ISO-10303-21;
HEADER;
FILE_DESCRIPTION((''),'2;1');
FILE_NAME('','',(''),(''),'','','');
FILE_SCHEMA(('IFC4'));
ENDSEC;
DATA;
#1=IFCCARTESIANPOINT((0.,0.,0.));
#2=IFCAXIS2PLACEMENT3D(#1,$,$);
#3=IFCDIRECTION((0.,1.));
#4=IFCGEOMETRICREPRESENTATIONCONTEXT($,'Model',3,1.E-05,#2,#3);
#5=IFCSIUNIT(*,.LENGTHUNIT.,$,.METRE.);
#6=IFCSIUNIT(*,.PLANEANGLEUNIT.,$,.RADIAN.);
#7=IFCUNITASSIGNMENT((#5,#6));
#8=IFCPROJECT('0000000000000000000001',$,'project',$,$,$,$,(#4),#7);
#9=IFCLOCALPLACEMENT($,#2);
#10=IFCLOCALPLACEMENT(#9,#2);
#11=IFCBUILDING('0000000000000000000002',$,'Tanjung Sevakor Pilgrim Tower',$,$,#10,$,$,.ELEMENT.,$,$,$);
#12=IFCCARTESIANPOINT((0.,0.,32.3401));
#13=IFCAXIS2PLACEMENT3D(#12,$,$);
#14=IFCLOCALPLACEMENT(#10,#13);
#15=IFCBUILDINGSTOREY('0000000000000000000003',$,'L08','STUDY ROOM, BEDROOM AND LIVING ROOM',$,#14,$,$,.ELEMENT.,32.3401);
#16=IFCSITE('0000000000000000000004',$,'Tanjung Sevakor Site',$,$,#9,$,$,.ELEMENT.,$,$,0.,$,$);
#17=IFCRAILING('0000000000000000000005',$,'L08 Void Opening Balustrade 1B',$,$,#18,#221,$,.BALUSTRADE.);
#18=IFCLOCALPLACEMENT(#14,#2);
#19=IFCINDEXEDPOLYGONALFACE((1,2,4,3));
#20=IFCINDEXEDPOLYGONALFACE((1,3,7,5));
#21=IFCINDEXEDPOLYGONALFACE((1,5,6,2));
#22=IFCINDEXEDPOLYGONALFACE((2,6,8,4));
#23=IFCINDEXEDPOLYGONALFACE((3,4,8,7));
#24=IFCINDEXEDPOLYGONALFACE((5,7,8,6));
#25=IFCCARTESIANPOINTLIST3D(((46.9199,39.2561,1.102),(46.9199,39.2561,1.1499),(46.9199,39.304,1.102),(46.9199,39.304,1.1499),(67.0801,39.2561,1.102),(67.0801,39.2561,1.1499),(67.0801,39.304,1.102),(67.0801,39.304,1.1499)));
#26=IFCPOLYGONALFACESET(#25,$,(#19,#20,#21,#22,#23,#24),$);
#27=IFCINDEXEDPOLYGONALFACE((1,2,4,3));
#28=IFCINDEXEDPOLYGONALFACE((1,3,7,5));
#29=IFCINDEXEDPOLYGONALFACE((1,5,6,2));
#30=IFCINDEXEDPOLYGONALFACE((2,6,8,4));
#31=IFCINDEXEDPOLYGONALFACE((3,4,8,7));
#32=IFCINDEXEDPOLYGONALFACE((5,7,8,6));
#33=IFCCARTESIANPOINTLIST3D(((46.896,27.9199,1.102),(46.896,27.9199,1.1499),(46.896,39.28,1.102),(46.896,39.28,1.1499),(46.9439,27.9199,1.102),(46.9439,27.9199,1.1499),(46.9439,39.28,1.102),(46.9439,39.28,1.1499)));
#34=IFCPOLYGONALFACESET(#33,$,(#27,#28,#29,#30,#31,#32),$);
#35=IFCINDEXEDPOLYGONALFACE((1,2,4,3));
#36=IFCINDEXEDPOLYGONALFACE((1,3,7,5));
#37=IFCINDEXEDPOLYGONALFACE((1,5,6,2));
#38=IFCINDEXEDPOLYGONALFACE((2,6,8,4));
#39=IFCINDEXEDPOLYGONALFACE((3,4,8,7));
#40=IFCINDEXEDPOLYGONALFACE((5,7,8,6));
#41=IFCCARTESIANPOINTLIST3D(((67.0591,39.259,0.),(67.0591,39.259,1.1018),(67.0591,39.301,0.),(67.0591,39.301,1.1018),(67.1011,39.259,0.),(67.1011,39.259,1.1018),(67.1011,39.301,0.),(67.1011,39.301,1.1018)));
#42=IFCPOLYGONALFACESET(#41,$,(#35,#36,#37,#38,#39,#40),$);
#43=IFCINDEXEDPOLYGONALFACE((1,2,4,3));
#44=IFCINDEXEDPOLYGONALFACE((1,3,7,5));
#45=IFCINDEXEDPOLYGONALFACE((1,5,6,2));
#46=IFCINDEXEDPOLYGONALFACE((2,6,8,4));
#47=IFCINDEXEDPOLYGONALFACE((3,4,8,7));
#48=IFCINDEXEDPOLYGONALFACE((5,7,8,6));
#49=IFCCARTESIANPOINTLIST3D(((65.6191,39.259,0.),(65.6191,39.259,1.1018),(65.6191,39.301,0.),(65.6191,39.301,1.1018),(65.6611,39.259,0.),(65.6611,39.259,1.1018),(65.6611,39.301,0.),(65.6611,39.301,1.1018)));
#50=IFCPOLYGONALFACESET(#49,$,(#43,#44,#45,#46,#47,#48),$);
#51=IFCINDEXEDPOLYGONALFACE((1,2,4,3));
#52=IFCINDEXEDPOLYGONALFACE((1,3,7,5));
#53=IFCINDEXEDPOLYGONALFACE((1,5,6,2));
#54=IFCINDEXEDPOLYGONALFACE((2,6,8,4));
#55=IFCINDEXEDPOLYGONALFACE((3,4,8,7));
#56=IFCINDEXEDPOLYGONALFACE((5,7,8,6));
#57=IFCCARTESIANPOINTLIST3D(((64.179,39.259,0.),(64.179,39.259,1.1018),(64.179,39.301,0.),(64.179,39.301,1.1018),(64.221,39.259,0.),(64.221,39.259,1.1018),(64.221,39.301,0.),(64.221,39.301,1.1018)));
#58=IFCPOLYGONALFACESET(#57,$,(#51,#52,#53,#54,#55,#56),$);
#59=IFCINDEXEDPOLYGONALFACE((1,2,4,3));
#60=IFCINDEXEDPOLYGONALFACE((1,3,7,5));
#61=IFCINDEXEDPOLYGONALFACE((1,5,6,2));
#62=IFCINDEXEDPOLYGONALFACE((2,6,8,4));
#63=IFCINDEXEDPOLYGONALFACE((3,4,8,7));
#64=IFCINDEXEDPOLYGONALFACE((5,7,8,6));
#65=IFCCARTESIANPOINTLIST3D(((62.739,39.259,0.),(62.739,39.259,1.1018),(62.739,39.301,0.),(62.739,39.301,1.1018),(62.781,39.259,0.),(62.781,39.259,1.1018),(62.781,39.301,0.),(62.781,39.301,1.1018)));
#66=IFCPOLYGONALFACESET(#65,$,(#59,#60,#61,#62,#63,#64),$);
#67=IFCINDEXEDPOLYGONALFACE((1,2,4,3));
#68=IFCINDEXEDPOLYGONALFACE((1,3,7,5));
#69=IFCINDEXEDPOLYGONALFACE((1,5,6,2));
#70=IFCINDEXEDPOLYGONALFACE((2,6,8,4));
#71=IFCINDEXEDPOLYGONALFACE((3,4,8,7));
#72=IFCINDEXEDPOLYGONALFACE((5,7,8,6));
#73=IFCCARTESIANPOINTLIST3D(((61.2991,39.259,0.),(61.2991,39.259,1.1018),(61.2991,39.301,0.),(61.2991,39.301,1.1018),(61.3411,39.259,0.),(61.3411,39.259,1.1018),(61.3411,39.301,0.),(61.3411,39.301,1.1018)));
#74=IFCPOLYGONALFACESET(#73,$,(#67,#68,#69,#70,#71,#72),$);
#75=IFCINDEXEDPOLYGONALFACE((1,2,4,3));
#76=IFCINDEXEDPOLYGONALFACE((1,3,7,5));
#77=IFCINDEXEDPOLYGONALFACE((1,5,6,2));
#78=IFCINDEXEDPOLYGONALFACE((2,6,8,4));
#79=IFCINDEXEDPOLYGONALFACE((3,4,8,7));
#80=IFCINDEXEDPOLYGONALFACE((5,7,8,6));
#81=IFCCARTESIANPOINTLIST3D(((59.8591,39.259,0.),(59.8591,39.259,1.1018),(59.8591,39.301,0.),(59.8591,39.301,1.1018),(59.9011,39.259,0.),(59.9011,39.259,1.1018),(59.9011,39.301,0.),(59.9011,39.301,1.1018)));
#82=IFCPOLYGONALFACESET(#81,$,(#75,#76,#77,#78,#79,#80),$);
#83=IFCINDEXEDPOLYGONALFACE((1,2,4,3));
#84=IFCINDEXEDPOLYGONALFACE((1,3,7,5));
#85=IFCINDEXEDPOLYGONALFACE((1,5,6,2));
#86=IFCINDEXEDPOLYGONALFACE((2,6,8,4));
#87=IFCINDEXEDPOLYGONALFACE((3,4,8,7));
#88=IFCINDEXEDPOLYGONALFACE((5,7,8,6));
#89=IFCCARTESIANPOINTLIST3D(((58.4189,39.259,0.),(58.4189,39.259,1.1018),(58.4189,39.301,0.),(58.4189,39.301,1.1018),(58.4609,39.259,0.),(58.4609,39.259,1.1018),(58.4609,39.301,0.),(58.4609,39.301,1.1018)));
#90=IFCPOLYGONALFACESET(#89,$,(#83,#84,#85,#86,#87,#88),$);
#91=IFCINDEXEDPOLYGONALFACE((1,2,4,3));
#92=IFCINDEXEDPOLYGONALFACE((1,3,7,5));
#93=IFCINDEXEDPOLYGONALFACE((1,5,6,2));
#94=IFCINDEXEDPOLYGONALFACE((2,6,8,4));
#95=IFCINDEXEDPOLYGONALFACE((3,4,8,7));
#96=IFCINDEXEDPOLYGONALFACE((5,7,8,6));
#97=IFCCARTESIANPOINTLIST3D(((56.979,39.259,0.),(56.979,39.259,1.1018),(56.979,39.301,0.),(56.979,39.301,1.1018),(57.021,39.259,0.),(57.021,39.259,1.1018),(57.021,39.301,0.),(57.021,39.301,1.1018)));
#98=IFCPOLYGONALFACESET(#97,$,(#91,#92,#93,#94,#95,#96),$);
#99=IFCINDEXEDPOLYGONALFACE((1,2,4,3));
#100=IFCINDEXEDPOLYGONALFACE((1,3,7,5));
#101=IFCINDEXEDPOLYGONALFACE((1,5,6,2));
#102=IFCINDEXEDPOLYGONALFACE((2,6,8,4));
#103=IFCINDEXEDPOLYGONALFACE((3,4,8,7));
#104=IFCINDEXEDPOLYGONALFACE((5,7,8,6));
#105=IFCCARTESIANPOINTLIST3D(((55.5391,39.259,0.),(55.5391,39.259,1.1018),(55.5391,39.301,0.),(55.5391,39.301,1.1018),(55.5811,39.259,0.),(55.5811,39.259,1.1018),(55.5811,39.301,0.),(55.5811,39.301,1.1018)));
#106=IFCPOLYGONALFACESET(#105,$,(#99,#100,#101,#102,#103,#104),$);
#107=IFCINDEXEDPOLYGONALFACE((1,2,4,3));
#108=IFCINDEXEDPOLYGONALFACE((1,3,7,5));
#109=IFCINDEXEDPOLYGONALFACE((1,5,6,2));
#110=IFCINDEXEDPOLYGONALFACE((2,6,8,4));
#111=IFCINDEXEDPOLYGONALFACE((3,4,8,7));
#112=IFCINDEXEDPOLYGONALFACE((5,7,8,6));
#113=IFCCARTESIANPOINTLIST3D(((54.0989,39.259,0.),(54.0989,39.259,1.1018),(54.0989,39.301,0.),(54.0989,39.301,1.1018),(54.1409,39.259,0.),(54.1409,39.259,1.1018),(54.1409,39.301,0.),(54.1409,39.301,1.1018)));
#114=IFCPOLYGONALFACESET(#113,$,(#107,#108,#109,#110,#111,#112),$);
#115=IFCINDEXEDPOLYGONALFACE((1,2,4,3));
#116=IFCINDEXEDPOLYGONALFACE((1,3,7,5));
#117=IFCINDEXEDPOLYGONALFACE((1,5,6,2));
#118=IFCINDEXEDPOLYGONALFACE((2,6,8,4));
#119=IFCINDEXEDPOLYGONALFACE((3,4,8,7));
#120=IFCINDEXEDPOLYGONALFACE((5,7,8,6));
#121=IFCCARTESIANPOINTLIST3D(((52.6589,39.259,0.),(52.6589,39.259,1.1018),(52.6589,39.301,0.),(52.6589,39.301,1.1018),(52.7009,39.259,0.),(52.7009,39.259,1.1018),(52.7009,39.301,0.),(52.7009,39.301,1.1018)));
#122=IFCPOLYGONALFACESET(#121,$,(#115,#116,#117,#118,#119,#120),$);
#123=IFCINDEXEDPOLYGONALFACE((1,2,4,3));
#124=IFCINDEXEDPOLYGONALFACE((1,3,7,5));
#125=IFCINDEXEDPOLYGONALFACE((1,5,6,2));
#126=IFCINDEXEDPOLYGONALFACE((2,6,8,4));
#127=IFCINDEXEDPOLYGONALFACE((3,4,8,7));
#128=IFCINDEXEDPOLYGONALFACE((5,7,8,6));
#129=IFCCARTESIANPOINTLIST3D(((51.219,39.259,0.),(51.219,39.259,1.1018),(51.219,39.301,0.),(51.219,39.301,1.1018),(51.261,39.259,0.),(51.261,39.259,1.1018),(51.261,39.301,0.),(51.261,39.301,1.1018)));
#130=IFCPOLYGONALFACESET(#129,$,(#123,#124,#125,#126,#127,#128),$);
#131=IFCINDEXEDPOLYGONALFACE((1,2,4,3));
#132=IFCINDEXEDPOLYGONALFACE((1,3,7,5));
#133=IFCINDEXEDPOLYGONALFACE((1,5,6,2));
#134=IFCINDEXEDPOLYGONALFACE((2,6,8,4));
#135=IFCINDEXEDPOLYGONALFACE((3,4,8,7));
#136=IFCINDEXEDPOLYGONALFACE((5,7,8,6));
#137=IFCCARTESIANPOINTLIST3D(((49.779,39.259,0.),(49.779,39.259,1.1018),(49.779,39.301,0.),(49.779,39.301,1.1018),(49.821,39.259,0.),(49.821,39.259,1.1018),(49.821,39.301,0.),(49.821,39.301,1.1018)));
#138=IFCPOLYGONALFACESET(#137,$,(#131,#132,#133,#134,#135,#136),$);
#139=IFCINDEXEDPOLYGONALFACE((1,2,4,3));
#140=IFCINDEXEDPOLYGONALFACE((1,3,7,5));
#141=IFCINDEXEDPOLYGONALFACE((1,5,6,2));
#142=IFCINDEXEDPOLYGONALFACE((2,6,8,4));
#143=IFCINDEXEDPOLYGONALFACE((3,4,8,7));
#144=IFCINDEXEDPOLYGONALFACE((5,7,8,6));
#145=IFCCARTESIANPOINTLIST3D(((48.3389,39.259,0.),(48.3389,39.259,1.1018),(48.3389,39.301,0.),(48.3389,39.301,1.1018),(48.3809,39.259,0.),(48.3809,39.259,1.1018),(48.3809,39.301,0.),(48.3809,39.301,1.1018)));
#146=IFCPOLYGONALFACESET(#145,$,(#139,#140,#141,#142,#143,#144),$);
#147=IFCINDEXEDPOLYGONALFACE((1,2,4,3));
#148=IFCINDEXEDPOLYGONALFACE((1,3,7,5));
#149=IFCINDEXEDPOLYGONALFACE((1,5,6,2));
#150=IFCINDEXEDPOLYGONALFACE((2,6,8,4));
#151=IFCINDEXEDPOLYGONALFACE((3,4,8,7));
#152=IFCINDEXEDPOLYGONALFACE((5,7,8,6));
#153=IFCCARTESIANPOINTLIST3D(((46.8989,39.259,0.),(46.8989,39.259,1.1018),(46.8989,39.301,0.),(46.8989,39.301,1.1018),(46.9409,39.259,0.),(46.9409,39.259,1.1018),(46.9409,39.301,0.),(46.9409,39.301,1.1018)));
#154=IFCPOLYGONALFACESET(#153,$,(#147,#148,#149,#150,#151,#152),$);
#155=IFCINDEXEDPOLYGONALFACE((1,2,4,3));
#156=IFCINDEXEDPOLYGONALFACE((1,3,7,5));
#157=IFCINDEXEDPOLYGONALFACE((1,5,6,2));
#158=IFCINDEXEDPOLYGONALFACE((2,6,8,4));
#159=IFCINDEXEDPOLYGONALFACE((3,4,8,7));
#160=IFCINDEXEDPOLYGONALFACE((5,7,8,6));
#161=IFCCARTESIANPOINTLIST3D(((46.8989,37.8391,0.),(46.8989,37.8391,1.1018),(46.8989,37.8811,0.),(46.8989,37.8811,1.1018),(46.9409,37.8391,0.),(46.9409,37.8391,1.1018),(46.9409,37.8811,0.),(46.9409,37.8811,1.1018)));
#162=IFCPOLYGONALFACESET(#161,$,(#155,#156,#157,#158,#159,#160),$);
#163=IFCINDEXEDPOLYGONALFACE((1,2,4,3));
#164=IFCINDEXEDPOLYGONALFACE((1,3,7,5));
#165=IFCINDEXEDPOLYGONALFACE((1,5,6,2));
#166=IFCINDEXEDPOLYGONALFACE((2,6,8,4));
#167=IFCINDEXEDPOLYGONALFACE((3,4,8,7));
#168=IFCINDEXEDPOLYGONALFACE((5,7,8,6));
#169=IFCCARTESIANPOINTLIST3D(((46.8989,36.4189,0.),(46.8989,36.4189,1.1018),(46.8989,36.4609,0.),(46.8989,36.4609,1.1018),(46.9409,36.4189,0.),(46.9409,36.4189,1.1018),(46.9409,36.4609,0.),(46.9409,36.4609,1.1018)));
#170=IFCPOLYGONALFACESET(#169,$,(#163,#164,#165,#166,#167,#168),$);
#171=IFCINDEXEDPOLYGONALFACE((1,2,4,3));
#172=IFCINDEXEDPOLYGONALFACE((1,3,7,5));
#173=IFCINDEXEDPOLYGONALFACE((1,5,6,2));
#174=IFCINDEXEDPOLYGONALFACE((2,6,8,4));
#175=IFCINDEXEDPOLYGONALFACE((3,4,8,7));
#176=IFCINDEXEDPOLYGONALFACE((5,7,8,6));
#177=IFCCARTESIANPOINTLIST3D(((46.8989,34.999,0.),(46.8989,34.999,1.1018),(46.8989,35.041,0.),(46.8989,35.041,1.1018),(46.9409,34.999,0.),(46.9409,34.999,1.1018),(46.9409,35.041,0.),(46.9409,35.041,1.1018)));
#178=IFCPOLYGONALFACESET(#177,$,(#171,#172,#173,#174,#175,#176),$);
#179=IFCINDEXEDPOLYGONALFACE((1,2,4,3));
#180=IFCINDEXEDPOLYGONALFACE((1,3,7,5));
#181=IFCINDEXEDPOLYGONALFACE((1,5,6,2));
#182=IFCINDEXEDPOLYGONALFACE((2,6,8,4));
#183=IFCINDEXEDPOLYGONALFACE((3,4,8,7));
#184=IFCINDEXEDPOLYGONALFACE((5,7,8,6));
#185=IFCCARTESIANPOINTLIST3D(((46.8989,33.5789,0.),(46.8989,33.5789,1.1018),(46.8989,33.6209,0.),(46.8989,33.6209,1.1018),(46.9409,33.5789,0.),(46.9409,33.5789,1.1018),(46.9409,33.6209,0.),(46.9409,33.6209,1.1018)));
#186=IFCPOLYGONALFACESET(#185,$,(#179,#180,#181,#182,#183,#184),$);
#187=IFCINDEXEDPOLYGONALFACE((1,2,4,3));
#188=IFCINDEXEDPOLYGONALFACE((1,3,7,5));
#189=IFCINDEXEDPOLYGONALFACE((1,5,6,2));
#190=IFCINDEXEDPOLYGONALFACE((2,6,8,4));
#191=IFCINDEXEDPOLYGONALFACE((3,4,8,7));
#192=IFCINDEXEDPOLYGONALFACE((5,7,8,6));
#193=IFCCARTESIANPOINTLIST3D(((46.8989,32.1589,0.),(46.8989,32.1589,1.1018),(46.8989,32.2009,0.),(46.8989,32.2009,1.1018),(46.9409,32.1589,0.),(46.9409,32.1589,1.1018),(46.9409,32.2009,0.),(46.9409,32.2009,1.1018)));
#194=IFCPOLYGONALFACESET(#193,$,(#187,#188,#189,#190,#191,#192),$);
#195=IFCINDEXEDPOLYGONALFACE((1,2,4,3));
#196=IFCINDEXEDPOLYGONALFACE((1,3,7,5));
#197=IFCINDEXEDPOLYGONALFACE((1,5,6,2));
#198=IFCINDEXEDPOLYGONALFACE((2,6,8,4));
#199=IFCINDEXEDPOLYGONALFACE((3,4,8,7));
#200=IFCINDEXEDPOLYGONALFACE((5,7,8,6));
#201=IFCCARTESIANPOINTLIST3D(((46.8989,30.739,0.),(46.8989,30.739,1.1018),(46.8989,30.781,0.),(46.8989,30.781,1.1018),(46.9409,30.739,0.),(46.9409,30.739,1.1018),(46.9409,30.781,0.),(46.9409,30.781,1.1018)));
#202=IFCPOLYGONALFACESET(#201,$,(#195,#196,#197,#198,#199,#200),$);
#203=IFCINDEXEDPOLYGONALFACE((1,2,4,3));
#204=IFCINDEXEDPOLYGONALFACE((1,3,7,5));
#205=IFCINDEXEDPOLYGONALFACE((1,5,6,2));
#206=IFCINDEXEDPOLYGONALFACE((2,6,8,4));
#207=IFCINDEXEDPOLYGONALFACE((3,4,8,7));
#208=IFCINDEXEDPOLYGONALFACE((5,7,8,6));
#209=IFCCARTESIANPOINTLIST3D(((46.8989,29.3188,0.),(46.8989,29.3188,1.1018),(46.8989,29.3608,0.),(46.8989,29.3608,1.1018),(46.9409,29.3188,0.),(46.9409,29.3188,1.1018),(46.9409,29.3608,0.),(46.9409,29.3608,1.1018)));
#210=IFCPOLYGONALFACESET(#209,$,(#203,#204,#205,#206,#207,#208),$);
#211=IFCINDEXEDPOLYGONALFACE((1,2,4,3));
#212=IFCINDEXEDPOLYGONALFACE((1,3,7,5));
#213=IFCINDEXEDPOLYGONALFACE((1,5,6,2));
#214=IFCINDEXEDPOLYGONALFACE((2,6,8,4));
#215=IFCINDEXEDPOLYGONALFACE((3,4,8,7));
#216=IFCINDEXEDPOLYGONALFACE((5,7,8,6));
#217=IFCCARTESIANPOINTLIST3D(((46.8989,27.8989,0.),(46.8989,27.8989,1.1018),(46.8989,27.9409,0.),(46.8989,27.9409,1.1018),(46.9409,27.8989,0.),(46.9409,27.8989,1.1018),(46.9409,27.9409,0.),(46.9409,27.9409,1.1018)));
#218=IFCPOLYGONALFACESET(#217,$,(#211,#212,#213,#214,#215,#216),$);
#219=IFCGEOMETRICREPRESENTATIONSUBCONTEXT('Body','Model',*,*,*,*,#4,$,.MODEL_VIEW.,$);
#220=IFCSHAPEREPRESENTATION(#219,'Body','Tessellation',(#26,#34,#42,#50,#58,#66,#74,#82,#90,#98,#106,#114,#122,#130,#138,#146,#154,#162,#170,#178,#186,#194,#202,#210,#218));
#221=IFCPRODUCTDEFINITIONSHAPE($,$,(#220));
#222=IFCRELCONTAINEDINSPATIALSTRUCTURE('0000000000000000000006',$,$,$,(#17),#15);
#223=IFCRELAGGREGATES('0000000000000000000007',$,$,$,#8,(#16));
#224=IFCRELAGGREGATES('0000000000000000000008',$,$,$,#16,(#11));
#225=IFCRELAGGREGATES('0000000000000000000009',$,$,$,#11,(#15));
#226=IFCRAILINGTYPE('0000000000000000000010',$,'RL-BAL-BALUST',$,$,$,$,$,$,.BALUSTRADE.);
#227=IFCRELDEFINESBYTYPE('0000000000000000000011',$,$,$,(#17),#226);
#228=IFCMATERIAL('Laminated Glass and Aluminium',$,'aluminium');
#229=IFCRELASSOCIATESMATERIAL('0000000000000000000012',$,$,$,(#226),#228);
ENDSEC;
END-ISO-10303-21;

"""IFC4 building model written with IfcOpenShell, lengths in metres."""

from ifc_helpers import new_model, si_unit, direction, frame, origin, place, context, subcontext, project, spatial, rectangle, extrude, material, type_object, element, save


model = new_model("IFC4")

# Units and contexts
model_context = context("Model", 3, precision=1e-05, world=origin(), true_north=direction((0.0, 1.0)))
body_context = subcontext(model_context, "Body", "Model", "MODEL_VIEW")
ifc_project = project(units=[si_unit("LENGTHUNIT", "METRE"), si_unit("PLANEANGLEUNIT", "RADIAN")], contexts=[model_context])

# Site, building, storey
site_placement = place(None, origin())
site = spatial("IfcSite", under=ifc_project, at=site_placement, Name="Tanjung Sevakor Site", CompositionType="ELEMENT", RefElevation=0.0)
building_placement = place(site_placement, origin())
building = spatial("IfcBuilding", under=site, at=building_placement, Name="Tanjung Sevakor Pilgrim Tower", CompositionType="ELEMENT")
storey_placement = place(building_placement, frame((0.0, 0.0, 32.3401)))
storey = spatial("IfcBuildingStorey", under=building, at=storey_placement, Name="L08", Description="STUDY ROOM, BEDROOM AND LIVING ROOM", CompositionType="ELEMENT", Elevation=32.3401)

# Railing
ifc_material_1 = material(Name="Laminated Glass and Aluminium", Category="aluminium")
railing_type = type_object("IfcRailingType", Name="RL-BAL-BALUST", PredefinedType="BALUSTRADE", material=ifc_material_1)
railing_placement = place(storey_placement, frame((67.0801, 39.28, 0.0)))
element("IfcRailing", 1, at=railing_placement, inside=storey, type_object=railing_type, Name="L08 Void Opening Balustrade 1B", PredefinedType="BALUSTRADE", context=body_context, shape_type="SweptSolid", body=[
    extrude(rectangle(XDim=0.0479, YDim=0.0479), frame((0.0, 0.0, 1.126), z_axis=(-1.0, 0.0, 0.0), x_axis=(0.0, -1.0, 0.0)), (0.0, 0.0, 1.0), 20.1602),
    extrude(rectangle(XDim=0.0479, YDim=0.0479), frame((-20.1602, 0.0, 1.126), z_axis=(0.0, -1.0, 0.0), x_axis=(1.0, 0.0, 0.0)), (0.0, 0.0, 1.0), 11.3601),
    extrude(rectangle(XDim=0.042, YDim=0.042), origin(), (0.0, 0.0, 1.0), 1.1018),
    extrude(rectangle(XDim=0.042, YDim=0.042), frame((-1.4399, 0.0, 0.0)), (0.0, 0.0, 1.0), 1.1018),
    extrude(rectangle(XDim=0.042, YDim=0.042), frame((-2.8801, 0.0, 0.0)), (0.0, 0.0, 1.0), 1.1018),
    extrude(rectangle(XDim=0.042, YDim=0.042), frame((-4.3201, 0.0, 0.0)), (0.0, 0.0, 1.0), 1.1018),
    extrude(rectangle(XDim=0.042, YDim=0.042), frame((-5.76, 0.0, 0.0)), (0.0, 0.0, 1.0), 1.1018),
    extrude(rectangle(XDim=0.042, YDim=0.042), frame((-7.2, 0.0, 0.0)), (0.0, 0.0, 1.0), 1.1018),
    extrude(rectangle(XDim=0.042, YDim=0.042), frame((-8.6401, 0.0, 0.0)), (0.0, 0.0, 1.0), 1.1018),
    extrude(rectangle(XDim=0.042, YDim=0.042), frame((-10.0801, 0.0, 0.0)), (0.0, 0.0, 1.0), 1.1018),
    extrude(rectangle(XDim=0.042, YDim=0.042), frame((-11.52, 0.0, 0.0)), (0.0, 0.0, 1.0), 1.1018),
    extrude(rectangle(XDim=0.042, YDim=0.042), frame((-12.9602, 0.0, 0.0)), (0.0, 0.0, 1.0), 1.1018),
    extrude(rectangle(XDim=0.042, YDim=0.042), frame((-14.4001, 0.0, 0.0)), (0.0, 0.0, 1.0), 1.1018),
    extrude(rectangle(XDim=0.042, YDim=0.042), frame((-15.8401, 0.0, 0.0)), (0.0, 0.0, 1.0), 1.1018),
    extrude(rectangle(XDim=0.042, YDim=0.042), frame((-17.28, 0.0, 0.0)), (0.0, 0.0, 1.0), 1.1018),
    extrude(rectangle(XDim=0.042, YDim=0.042), frame((-18.7202, 0.0, 0.0)), (0.0, 0.0, 1.0), 1.1018),
    extrude(rectangle(XDim=0.042, YDim=0.042), frame((-20.1602, 0.0, 0.0)), (0.0, 0.0, 1.0), 1.1018),
    extrude(rectangle(XDim=0.042, YDim=0.042), frame((-20.1602, -1.4199, 0.0)), (0.0, 0.0, 1.0), 1.1018),
    extrude(rectangle(XDim=0.042, YDim=0.042), frame((-20.1602, -2.8401, 0.0)), (0.0, 0.0, 1.0), 1.1018),
    extrude(rectangle(XDim=0.042, YDim=0.042), frame((-20.1602, -4.26, 0.0)), (0.0, 0.0, 1.0), 1.1018),
    extrude(rectangle(XDim=0.042, YDim=0.042), frame((-20.1602, -5.6802, 0.0)), (0.0, 0.0, 1.0), 1.1018),
    extrude(rectangle(XDim=0.042, YDim=0.042), frame((-20.1602, -7.1001, 0.0)), (0.0, 0.0, 1.0), 1.1018),
    extrude(rectangle(XDim=0.042, YDim=0.042), frame((-20.1602, -8.52, 0.0)), (0.0, 0.0, 1.0), 1.1018),
    extrude(rectangle(XDim=0.042, YDim=0.042), frame((-20.1602, -9.9402, 0.0)), (0.0, 0.0, 1.0), 1.1018),
    extrude(rectangle(XDim=0.042, YDim=0.042), frame((-20.1602, -11.3601, 0.0)), (0.0, 0.0, 1.0), 1.1018),
])

save(model, "model.ifc")
